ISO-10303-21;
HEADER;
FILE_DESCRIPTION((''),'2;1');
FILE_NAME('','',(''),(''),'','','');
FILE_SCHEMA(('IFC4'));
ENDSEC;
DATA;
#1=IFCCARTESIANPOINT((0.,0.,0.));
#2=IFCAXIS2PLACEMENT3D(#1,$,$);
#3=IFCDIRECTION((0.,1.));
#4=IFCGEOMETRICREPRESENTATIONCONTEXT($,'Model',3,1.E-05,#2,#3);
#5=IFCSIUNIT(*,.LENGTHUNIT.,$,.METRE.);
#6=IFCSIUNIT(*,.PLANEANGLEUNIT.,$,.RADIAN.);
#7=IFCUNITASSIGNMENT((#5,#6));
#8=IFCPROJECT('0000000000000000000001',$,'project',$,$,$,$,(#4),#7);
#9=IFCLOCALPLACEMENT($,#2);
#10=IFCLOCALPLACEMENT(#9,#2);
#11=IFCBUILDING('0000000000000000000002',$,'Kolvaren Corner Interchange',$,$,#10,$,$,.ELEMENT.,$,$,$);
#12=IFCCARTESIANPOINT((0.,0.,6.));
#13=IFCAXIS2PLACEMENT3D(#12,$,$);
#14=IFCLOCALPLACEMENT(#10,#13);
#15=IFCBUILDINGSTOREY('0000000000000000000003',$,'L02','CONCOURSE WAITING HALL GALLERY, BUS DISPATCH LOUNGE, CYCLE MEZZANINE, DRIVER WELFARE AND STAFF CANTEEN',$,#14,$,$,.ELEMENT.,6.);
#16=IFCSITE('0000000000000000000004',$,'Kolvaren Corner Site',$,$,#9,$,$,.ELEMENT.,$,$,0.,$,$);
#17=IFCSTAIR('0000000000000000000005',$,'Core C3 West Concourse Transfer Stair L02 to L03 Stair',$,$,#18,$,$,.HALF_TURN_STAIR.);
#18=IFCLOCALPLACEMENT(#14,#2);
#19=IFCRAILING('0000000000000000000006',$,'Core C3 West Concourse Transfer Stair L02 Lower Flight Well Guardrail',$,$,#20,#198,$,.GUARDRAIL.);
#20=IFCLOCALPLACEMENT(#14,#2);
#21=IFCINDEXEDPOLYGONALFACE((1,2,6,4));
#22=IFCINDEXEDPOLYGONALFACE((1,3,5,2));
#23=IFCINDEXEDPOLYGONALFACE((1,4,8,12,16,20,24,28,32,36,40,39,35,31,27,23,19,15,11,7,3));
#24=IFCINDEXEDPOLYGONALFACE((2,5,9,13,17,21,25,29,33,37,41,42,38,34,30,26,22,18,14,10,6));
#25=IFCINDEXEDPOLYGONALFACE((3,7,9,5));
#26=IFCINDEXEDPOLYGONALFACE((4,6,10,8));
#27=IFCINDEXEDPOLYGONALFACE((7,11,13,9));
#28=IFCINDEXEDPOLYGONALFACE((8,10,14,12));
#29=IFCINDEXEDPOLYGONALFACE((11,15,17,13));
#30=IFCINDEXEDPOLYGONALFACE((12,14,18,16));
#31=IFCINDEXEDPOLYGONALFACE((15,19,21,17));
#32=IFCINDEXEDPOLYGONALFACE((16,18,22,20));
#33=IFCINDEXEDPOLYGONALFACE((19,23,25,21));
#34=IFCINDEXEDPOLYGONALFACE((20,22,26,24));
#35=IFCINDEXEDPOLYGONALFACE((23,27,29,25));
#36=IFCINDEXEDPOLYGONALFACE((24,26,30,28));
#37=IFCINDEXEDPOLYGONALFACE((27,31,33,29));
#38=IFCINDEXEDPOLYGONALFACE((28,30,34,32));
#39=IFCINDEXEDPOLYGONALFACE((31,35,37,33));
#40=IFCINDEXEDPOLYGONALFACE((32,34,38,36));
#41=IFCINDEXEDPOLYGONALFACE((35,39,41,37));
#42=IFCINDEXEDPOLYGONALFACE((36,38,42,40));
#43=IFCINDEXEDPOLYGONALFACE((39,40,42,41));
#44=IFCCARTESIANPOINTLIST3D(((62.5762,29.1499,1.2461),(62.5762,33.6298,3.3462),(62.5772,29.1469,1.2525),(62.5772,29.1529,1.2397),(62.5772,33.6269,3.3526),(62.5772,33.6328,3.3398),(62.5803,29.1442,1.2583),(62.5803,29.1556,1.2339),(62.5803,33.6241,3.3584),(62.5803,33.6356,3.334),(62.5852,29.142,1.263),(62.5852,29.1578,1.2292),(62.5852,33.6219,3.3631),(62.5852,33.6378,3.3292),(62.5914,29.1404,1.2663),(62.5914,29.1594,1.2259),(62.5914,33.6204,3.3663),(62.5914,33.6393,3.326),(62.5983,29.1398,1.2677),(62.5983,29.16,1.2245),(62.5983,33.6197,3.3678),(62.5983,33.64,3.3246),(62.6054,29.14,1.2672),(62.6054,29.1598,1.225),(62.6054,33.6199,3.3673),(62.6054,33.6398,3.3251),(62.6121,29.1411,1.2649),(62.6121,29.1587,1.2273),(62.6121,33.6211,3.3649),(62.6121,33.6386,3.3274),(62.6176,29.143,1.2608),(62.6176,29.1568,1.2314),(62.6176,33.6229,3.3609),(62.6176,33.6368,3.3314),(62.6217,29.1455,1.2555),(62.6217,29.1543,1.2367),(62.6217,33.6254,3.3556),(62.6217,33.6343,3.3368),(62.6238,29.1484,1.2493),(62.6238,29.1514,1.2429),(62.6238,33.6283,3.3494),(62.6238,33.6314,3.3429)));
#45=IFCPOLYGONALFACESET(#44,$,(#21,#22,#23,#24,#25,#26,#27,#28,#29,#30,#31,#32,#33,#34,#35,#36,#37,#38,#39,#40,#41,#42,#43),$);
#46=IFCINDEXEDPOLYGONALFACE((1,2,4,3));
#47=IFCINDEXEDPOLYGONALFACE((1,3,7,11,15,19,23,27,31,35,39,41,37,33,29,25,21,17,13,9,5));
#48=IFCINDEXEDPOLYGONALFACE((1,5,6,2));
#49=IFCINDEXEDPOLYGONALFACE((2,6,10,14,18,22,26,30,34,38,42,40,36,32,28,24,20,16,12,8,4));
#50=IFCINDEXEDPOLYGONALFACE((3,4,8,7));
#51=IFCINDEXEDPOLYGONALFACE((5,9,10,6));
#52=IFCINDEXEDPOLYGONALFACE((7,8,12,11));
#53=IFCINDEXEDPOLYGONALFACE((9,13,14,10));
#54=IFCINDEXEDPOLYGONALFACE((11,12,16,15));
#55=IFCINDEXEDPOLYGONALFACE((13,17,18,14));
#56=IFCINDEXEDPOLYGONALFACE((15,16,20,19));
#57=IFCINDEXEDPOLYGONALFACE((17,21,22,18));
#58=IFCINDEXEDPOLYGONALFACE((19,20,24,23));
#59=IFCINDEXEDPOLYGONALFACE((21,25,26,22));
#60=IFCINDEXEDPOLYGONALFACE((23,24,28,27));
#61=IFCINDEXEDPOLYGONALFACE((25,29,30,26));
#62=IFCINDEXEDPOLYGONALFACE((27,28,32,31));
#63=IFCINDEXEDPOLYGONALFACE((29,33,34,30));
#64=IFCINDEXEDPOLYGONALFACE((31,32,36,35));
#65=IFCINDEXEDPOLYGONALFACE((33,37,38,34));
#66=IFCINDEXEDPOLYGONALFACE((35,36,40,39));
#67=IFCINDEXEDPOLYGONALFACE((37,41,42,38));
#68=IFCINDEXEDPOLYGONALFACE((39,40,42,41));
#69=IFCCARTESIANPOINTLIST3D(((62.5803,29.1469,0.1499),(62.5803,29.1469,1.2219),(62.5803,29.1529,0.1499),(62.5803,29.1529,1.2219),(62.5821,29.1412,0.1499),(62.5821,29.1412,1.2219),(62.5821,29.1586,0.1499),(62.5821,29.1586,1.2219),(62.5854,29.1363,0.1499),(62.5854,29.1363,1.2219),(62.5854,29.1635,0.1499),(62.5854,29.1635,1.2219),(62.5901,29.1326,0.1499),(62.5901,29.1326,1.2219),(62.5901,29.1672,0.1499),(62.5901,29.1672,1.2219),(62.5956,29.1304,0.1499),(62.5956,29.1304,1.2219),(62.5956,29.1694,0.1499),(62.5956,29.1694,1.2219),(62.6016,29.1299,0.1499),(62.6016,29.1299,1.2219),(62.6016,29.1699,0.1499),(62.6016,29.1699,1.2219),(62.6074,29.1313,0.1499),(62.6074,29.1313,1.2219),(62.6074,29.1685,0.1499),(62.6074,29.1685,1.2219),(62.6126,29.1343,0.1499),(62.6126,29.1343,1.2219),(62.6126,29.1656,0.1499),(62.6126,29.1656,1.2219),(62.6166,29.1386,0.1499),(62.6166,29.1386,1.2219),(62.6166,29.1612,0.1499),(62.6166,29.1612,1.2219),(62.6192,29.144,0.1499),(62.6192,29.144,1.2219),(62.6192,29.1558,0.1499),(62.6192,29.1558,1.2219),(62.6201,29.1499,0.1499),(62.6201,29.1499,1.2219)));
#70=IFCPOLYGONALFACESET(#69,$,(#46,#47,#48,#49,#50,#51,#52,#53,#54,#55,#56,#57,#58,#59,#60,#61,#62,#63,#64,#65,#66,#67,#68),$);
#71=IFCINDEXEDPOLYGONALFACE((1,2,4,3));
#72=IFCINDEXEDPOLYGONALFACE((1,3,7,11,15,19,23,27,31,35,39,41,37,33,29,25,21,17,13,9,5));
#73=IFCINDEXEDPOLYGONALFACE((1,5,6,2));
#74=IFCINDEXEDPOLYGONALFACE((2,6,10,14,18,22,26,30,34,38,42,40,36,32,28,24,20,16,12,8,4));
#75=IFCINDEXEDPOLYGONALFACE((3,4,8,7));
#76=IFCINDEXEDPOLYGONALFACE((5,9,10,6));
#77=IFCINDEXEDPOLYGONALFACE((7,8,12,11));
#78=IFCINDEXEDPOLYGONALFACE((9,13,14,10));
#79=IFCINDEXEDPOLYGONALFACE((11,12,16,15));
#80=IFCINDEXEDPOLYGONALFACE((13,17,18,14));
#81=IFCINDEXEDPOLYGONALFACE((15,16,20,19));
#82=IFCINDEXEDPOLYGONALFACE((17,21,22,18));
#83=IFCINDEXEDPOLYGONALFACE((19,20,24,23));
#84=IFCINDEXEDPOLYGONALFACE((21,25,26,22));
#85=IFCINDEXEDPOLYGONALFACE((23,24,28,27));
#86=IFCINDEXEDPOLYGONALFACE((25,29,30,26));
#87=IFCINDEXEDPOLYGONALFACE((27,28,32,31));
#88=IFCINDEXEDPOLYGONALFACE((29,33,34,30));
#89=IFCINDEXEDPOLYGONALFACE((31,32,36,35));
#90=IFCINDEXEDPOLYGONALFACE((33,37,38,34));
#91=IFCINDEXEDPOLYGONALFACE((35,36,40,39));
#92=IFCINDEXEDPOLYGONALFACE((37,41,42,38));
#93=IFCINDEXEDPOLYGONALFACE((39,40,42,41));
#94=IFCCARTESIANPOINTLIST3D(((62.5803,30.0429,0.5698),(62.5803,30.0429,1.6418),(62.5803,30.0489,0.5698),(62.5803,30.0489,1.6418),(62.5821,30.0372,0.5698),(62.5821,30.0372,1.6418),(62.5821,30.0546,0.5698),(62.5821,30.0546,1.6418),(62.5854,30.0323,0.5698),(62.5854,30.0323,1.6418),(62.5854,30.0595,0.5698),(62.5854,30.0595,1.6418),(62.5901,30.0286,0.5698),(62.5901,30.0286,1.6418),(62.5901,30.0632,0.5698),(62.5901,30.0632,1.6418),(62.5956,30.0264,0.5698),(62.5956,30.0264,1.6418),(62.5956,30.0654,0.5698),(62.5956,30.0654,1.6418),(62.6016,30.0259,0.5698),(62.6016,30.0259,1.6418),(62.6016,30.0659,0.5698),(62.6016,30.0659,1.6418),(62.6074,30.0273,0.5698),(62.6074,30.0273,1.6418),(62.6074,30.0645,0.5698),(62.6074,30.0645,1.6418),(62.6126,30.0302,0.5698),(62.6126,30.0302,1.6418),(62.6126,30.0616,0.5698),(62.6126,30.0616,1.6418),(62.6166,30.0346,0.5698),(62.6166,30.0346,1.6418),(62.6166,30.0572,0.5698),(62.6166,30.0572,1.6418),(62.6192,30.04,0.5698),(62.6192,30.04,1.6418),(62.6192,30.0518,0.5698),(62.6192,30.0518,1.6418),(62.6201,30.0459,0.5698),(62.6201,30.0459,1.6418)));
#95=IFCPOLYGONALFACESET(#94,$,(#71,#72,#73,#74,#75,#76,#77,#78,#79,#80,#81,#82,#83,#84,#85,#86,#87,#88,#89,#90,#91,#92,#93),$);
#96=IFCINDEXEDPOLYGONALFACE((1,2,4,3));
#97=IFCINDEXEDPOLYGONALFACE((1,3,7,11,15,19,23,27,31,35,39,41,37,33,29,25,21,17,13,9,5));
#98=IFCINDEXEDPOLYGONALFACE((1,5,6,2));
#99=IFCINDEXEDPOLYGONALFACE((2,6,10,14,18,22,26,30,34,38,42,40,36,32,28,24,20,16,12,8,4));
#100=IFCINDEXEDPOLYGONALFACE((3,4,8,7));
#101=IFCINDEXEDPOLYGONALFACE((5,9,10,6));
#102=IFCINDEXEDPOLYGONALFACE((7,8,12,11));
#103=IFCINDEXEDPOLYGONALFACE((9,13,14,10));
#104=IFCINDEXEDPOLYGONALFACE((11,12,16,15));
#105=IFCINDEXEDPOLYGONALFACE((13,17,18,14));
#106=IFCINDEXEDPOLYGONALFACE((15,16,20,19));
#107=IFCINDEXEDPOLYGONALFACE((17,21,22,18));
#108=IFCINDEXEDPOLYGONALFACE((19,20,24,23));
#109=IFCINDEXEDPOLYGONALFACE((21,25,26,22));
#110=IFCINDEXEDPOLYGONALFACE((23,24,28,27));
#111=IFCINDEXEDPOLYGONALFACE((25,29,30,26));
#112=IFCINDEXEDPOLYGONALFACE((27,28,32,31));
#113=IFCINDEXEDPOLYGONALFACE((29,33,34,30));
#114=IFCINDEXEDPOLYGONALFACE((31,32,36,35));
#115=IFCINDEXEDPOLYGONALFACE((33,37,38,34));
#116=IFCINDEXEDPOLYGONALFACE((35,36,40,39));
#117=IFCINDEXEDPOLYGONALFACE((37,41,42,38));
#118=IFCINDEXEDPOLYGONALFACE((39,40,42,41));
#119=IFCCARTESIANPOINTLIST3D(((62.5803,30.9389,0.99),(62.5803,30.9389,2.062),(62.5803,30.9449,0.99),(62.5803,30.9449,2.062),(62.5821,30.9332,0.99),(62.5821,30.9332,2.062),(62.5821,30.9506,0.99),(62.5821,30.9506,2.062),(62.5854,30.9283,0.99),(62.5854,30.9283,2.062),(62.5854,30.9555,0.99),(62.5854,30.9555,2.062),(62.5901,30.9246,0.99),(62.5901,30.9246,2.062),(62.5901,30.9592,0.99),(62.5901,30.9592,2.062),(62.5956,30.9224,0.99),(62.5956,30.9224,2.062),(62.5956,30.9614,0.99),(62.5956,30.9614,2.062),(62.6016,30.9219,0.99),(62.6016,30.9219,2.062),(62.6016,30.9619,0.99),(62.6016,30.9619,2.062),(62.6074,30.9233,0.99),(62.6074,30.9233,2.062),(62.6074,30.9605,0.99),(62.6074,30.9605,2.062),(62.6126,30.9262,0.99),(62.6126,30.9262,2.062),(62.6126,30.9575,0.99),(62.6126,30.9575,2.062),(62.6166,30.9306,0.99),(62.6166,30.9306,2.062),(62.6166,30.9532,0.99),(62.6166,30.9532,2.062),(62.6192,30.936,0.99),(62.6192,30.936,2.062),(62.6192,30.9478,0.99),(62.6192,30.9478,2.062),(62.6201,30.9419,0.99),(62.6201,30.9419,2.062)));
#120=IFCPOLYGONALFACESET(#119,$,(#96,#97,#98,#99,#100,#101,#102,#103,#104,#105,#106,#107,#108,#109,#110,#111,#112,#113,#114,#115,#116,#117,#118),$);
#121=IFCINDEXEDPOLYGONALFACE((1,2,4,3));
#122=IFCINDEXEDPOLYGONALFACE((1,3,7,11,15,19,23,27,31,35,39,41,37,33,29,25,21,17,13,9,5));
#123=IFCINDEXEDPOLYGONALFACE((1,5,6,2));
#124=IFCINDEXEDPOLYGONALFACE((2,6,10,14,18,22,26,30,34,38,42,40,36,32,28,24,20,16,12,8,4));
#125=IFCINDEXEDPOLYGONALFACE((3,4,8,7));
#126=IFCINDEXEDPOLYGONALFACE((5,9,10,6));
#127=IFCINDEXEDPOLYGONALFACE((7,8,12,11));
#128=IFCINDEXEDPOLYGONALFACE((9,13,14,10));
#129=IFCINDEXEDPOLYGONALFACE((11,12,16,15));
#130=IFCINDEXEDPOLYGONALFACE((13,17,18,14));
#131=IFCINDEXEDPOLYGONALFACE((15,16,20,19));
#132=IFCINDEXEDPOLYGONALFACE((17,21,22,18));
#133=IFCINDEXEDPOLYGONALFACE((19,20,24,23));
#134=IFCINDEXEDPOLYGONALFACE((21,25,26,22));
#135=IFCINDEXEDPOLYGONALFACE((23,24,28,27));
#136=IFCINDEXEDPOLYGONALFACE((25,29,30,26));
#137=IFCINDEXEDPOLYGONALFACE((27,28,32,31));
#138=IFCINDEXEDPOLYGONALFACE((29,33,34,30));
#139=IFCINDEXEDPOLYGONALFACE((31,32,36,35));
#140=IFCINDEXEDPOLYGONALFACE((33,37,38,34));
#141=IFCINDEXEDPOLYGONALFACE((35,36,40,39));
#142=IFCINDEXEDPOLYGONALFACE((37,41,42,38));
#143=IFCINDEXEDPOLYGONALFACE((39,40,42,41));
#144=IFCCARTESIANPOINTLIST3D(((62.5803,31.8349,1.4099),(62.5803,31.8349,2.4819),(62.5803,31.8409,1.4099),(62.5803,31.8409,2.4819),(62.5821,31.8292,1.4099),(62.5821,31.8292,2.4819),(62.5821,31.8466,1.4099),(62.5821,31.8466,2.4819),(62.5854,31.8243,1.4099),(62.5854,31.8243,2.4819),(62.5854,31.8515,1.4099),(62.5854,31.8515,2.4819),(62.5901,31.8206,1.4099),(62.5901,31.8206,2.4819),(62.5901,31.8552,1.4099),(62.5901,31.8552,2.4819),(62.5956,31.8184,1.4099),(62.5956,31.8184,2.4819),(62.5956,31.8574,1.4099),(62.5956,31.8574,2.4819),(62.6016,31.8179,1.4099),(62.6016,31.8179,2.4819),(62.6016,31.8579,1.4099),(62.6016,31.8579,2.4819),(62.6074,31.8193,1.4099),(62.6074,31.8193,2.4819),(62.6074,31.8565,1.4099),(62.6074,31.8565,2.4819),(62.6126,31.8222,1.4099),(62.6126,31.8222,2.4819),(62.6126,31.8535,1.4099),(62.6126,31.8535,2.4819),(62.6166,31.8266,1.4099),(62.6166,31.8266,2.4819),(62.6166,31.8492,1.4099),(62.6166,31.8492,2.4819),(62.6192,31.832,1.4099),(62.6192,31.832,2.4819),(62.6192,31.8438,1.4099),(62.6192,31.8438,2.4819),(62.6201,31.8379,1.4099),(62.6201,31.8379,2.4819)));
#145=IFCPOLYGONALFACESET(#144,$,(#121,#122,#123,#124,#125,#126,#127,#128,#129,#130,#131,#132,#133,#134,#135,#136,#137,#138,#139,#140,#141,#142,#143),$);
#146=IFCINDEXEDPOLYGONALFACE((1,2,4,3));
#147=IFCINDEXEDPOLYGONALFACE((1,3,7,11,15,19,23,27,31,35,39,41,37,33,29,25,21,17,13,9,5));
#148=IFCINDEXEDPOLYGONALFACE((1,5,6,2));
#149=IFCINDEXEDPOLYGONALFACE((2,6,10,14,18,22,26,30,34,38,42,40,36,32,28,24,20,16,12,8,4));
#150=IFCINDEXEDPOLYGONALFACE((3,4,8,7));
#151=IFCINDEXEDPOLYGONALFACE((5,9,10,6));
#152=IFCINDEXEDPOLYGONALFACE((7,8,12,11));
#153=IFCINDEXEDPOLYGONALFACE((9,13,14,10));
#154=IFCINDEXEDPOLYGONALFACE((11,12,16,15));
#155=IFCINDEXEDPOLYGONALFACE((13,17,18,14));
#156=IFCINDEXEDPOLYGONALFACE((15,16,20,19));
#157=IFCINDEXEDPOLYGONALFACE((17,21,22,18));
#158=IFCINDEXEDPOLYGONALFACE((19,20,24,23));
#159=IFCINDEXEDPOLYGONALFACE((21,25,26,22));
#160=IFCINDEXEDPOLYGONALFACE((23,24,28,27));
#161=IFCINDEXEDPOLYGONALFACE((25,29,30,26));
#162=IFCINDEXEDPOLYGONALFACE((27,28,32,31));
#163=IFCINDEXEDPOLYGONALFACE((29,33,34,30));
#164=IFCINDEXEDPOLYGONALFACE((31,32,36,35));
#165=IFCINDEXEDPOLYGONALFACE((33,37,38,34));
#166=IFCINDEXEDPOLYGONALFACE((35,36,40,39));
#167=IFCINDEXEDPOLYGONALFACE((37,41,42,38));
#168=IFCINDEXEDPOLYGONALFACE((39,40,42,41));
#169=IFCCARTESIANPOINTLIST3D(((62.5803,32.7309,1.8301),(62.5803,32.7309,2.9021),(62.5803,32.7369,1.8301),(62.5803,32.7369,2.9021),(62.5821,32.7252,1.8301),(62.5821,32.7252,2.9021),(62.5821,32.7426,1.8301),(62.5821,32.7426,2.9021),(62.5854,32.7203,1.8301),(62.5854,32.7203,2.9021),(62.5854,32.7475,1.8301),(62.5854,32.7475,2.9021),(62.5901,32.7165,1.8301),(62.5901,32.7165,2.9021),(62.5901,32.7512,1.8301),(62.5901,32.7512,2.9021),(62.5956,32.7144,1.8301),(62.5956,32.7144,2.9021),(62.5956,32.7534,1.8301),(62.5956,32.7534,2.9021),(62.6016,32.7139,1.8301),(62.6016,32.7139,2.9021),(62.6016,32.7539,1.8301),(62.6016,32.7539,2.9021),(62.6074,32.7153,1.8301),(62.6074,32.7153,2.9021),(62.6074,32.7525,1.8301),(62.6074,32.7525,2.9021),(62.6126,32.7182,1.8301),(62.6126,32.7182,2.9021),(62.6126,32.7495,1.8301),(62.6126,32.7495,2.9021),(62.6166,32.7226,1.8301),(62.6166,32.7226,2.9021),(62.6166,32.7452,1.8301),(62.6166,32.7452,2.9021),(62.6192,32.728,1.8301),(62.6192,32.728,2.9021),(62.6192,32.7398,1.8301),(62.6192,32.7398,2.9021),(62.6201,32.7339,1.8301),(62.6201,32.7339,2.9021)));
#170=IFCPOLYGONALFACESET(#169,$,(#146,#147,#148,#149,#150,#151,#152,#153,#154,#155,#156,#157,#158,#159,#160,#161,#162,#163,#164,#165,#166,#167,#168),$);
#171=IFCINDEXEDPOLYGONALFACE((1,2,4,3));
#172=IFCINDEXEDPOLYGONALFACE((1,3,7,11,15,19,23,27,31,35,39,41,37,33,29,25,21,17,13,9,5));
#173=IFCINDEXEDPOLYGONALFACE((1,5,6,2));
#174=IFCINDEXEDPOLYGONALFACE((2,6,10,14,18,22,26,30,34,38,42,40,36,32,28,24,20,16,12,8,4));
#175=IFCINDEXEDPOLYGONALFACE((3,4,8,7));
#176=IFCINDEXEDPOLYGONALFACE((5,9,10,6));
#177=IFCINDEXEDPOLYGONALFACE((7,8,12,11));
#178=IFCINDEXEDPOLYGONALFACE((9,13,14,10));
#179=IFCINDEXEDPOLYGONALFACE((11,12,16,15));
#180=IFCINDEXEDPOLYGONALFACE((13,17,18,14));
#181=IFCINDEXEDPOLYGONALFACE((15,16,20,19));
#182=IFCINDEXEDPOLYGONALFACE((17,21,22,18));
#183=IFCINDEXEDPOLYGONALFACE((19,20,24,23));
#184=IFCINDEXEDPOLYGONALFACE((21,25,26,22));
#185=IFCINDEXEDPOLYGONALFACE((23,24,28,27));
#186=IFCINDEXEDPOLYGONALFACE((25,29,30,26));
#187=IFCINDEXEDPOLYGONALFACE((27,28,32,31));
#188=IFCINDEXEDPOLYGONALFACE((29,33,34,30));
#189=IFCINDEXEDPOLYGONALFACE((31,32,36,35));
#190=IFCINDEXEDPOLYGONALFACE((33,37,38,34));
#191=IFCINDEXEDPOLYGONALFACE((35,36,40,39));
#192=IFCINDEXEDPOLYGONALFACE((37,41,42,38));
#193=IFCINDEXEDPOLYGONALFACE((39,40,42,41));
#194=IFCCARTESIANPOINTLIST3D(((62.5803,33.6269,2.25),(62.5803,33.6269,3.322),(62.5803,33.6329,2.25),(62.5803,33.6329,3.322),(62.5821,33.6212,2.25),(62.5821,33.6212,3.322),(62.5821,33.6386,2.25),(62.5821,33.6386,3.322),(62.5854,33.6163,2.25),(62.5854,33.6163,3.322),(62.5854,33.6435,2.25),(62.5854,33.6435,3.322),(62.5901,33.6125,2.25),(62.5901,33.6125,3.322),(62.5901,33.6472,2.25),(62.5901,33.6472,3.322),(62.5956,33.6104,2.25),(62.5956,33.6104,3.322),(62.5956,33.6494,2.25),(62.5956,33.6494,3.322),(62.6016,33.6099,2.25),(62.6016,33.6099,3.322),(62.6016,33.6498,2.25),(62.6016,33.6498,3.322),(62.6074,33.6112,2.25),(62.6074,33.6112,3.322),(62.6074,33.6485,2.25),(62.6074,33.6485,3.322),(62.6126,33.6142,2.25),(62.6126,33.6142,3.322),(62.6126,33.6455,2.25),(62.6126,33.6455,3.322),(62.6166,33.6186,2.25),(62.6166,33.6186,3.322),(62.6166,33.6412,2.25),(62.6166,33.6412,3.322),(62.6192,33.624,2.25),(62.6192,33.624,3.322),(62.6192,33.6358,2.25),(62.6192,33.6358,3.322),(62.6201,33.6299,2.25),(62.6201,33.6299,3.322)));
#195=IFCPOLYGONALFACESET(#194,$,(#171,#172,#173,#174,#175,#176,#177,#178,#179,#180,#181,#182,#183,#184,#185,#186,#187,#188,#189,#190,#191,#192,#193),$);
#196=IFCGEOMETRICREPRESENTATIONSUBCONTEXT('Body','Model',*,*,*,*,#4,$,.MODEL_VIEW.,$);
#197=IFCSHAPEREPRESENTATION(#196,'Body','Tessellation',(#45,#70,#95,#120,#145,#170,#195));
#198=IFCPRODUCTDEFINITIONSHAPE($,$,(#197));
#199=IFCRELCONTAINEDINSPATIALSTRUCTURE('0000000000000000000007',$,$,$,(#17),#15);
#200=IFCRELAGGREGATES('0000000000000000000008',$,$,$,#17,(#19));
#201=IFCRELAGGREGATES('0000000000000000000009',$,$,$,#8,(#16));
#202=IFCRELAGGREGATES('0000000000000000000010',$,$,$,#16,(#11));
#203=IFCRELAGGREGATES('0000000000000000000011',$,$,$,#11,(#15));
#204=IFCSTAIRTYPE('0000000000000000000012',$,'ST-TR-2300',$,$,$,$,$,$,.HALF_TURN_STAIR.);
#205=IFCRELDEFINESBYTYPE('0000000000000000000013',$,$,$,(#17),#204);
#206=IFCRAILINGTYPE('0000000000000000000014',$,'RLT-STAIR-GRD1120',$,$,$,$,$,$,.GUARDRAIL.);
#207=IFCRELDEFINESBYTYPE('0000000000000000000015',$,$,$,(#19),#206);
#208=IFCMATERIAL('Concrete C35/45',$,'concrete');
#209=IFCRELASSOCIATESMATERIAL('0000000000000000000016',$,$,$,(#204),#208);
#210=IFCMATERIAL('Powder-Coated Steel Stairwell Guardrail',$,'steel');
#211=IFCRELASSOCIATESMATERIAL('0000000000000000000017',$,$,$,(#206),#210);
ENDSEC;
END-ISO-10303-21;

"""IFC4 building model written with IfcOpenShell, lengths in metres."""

from ifc_helpers import new_model, si_unit, direction, frame, origin, origin_2d, place, context, subcontext, project, spatial, circle, extrude, material, type_object, element, aggregate, save


model = new_model("IFC4")

# Units and contexts
model_context = context("Model", 3, precision=1e-05, world=origin(), true_north=direction((0.0, 1.0)))
body_context = subcontext(model_context, "Body", "Model", "MODEL_VIEW")
ifc_project = project(units=[si_unit("LENGTHUNIT", "METRE"), si_unit("PLANEANGLEUNIT", "RADIAN")], contexts=[model_context])

# Site, building, storey
site_placement = place(None, origin())
site = spatial("IfcSite", under=ifc_project, at=site_placement, Name="Kolvaren Corner Site", CompositionType="ELEMENT", RefElevation=0.0)
building_placement = place(site_placement, origin())
building = spatial("IfcBuilding", under=site, at=building_placement, Name="Kolvaren Corner Interchange", CompositionType="ELEMENT")
storey_placement = place(building_placement, frame((0.0, 0.0, 6.0)))
storey = spatial("IfcBuildingStorey", under=building, at=storey_placement, Name="L02", Description="CONCOURSE WAITING HALL GALLERY, BUS DISPATCH LOUNGE, CYCLE MEZZANINE, DRIVER WELFARE AND STAFF CANTEEN", CompositionType="ELEMENT", Elevation=6.0)

# Stair
ifc_material_1 = material(Name="Concrete C35/45", Category="concrete")
stair_type = type_object("IfcStairType", Name="ST-TR-2300", PredefinedType="HALF_TURN_STAIR", material=ifc_material_1)
stair_placement = place(storey_placement, origin())
stair = element("IfcStair", 1, at=stair_placement, inside=storey, type_object=stair_type, Name="Core C3 West Concourse Transfer Stair L02 to L03 Stair", PredefinedType="HALF_TURN_STAIR")

# Railing
ifc_material_2 = material(Name="Powder-Coated Steel Stairwell Guardrail", Category="steel")
railing_type_1 = type_object("IfcRailingType", Name="RLT-STAIR-GRD1120", PredefinedType="GUARDRAIL", material=ifc_material_2)
railing_1_placement = place(storey_placement, frame((62.6001, 29.1499, 0.1499)))
railing_1 = element("IfcRailing", 2, at=railing_1_placement, type_object=railing_type_1, Name="Core C3 West Concourse Transfer Stair L02 Lower Flight Well Guardrail", PredefinedType="GUARDRAIL", context=body_context, shape_type="SweptSolid", body=[
    extrude(circle(Radius=0.0239, at=origin_2d()), frame((0.0, 0.0, 1.0962), z_axis=(0.0, 0.905451, 0.424452), x_axis=(-1.0, 0.0, 0.0)), (0.0, 0.0, 1.0), 4.9478),
    extrude(circle(Radius=0.02, at=origin_2d()), origin(), (0.0, 0.0, 1.0), 1.072),
    extrude(circle(Radius=0.02, at=origin_2d()), frame((0.0, 0.896, 0.4199)), (0.0, 0.0, 1.0), 1.072),
    extrude(circle(Radius=0.02, at=origin_2d()), frame((0.0, 1.792, 0.8401)), (0.0, 0.0, 1.0), 1.072),
    extrude(circle(Radius=0.02, at=origin_2d()), frame((0.0, 2.688, 1.26)), (0.0, 0.0, 1.0), 1.072),
    extrude(circle(Radius=0.02, at=origin_2d()), frame((0.0, 3.584, 1.6802)), (0.0, 0.0, 1.0), 1.072),
    extrude(circle(Radius=0.02, at=origin_2d()), frame((0.0, 4.48, 2.1001)), (0.0, 0.0, 1.0), 1.072),
])
aggregate(stair, [railing_1])

save(model, "model.ifc")
